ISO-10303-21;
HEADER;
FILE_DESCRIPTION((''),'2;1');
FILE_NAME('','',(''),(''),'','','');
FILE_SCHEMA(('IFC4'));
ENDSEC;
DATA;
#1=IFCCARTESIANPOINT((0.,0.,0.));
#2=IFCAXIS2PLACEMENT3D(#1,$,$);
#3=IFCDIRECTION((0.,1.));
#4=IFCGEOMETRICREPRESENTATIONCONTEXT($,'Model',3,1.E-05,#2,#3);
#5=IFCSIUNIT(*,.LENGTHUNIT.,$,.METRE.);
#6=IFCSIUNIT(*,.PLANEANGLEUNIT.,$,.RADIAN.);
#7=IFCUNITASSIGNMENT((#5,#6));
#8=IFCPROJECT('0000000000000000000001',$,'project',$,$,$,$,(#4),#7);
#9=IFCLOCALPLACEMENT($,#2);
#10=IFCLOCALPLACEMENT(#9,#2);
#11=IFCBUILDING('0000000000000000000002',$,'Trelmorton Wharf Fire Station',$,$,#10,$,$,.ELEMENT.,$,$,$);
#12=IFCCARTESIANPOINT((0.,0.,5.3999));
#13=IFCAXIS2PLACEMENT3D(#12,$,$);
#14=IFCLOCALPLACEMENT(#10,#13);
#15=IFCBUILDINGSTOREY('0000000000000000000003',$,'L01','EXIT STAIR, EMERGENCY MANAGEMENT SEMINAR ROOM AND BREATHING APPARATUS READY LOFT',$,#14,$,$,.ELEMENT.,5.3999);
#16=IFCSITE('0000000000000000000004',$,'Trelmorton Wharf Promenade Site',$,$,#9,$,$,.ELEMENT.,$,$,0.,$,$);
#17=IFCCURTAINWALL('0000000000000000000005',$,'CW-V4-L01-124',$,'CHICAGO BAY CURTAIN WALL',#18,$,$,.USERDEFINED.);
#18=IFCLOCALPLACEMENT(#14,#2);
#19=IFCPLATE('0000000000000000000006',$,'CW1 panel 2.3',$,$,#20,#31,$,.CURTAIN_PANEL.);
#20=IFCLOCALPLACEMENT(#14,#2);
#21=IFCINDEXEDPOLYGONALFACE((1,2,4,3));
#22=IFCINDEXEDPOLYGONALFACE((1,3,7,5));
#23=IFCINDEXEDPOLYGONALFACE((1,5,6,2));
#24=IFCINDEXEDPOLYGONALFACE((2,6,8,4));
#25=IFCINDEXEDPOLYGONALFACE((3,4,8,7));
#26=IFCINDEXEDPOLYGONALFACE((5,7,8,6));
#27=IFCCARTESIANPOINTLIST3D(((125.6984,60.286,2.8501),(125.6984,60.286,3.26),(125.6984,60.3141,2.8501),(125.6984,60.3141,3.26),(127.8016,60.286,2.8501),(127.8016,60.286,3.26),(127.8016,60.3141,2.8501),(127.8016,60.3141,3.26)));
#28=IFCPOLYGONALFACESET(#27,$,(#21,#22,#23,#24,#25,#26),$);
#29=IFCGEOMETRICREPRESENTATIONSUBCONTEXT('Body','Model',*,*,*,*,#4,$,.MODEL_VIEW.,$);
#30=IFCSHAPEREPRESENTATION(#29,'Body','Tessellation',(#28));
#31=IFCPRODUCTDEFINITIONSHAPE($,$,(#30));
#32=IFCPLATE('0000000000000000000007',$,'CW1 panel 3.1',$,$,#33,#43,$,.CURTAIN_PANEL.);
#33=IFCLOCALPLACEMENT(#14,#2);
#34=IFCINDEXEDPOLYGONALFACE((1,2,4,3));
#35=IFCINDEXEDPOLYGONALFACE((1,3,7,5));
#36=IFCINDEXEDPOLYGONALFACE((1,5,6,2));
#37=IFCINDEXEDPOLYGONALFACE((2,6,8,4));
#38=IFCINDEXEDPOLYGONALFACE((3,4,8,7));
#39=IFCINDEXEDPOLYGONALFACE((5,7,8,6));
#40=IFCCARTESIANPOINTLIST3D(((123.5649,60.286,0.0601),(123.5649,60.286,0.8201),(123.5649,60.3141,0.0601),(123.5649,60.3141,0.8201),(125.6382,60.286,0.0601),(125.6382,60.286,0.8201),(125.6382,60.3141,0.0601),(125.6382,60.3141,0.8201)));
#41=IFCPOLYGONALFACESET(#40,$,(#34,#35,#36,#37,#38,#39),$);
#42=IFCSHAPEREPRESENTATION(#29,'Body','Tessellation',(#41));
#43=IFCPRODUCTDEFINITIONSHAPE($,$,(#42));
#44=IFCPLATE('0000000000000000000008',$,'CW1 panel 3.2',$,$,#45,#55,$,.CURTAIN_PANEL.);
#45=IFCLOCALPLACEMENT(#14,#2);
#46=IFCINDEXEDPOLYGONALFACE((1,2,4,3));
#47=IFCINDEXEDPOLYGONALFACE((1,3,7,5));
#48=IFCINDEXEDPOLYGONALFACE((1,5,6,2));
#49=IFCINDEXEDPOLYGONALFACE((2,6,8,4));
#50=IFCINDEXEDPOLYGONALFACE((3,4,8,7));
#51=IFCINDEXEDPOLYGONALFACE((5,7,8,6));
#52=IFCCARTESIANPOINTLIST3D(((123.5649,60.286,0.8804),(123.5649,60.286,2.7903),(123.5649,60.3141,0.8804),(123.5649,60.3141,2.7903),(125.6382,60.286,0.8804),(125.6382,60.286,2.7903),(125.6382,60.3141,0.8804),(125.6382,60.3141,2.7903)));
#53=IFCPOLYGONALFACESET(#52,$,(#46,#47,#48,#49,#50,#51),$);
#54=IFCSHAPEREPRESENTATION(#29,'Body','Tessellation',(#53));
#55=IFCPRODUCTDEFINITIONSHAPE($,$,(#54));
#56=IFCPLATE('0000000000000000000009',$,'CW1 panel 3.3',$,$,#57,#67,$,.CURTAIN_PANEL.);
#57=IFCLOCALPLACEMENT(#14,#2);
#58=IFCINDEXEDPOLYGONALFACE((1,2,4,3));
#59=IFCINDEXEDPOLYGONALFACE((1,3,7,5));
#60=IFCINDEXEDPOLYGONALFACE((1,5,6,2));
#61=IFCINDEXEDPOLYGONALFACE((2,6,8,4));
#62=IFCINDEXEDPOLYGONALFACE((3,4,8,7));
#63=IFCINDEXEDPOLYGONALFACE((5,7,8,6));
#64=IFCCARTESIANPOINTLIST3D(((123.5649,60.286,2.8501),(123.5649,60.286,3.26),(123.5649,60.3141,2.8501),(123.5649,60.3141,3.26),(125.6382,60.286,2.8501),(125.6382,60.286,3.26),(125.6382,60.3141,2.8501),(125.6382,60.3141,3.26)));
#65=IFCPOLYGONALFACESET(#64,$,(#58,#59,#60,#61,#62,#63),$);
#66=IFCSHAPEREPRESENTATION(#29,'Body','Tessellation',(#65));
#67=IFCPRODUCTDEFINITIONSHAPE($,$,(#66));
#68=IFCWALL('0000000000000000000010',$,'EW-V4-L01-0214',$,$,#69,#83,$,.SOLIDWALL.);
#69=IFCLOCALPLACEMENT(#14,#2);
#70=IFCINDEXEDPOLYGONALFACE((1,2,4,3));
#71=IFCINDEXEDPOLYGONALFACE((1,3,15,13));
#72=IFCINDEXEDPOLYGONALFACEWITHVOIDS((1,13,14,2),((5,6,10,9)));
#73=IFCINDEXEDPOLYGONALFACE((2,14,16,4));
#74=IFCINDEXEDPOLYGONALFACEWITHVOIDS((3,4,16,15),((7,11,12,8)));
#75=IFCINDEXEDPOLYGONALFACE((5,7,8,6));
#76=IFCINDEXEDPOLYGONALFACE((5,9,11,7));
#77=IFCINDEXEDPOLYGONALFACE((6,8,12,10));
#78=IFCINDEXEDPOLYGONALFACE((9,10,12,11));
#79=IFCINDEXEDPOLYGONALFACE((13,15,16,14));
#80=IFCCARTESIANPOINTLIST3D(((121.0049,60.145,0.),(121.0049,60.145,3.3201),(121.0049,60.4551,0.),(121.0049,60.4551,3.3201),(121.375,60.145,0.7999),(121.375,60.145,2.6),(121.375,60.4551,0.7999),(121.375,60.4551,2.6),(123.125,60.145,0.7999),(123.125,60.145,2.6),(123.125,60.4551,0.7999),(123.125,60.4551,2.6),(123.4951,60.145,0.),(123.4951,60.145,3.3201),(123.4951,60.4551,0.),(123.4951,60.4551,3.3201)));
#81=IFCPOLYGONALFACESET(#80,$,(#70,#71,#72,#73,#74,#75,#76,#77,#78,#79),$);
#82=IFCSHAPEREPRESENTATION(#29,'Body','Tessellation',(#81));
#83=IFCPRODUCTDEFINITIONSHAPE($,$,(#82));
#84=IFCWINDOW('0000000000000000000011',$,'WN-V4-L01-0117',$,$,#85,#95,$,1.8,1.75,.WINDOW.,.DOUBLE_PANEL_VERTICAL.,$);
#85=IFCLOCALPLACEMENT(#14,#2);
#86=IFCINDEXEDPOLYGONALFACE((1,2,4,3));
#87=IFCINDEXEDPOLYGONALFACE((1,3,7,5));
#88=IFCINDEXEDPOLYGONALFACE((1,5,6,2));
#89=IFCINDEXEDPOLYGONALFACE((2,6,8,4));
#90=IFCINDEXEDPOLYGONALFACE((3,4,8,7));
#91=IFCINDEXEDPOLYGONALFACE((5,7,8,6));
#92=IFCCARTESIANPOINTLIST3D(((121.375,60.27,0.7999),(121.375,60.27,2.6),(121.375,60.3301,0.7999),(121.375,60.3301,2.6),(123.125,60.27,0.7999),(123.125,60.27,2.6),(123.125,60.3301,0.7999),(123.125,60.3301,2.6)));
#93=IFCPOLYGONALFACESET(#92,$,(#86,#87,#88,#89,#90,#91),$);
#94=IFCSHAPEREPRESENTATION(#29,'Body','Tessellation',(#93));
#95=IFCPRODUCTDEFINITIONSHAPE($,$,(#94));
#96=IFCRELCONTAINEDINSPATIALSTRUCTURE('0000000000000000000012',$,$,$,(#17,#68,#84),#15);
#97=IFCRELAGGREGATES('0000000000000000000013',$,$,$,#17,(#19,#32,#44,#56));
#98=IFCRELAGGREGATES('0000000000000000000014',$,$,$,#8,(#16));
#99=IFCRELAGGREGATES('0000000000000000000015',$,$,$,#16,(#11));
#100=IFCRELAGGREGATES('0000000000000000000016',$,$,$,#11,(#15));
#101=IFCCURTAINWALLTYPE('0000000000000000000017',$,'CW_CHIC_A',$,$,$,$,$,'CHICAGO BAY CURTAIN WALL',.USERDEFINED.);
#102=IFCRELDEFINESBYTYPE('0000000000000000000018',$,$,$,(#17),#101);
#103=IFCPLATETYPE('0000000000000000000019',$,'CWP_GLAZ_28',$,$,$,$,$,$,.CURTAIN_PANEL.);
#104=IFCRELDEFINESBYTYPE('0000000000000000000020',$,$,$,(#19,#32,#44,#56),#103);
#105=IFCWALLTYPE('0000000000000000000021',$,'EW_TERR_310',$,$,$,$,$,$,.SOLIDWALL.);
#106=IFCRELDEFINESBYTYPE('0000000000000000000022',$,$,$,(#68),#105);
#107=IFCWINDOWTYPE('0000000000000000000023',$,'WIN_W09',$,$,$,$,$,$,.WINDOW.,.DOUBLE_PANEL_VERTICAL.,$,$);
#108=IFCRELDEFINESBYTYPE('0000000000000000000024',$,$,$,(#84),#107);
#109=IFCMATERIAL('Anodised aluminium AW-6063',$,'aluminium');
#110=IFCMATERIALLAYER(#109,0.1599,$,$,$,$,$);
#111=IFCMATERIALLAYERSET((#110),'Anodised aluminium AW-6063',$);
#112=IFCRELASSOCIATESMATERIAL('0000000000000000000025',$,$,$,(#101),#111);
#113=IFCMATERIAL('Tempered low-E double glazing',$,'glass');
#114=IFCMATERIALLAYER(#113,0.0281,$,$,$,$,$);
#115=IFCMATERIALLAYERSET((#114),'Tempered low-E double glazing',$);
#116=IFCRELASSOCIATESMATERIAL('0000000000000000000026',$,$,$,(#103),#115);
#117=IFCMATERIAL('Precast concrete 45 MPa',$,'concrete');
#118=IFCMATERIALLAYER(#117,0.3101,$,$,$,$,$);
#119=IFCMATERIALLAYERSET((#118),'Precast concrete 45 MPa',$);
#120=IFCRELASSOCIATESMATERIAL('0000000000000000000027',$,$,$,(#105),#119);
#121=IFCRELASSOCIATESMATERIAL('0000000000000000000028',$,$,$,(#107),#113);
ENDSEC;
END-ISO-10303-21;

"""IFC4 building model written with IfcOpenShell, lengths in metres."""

from ifc_helpers import new_model, si_unit, direction, frame, frame_2d, origin, origin_2d, place, context, subcontext, project, spatial, rectangle, extrude, material, layer, layer_set, type_object, element, fill, aggregate, save


model = new_model("IFC4")

# Units and contexts
model_context = context("Model", 3, precision=1e-05, world=origin(), true_north=direction((0.0, 1.0)))
body_context = subcontext(model_context, "Body", "Model", "MODEL_VIEW")
ifc_project = project(units=[si_unit("LENGTHUNIT", "METRE"), si_unit("PLANEANGLEUNIT", "RADIAN")], contexts=[model_context])

# Site, building, storey
site_placement = place(None, origin())
site = spatial("IfcSite", under=ifc_project, at=site_placement, Name="Trelmorton Wharf Promenade Site", CompositionType="ELEMENT", RefElevation=0.0)
building_placement = place(site_placement, origin())
building = spatial("IfcBuilding", under=site, at=building_placement, Name="Trelmorton Wharf Fire Station", CompositionType="ELEMENT")
storey_placement = place(building_placement, frame((0.0, 0.0, 5.3999)))
storey = spatial("IfcBuildingStorey", under=building, at=storey_placement, Name="L01", Description="EXIT STAIR, EMERGENCY MANAGEMENT SEMINAR ROOM AND BREATHING APPARATUS READY LOFT", CompositionType="ELEMENT", Elevation=5.3999)

# Shared definitions
ifc_material_1 = material(Name="Anodised aluminium AW-6063", Category="aluminium")

# Curtain wall
ifc_layer_1 = layer(ifc_material_1, 0.1599)
ifc_layer_set_1 = layer_set([ifc_layer_1], Name="Anodised aluminium AW-6063")
curtain_wall_type_1 = type_object("IfcCurtainWallType", Name="CW_CHIC_A", ElementType="CHICAGO BAY CURTAIN WALL", PredefinedType="USERDEFINED", material=ifc_layer_set_1)
curtain_wall_1_placement = place(storey_placement, origin())
curtain_wall_1 = element("IfcCurtainWall", 1, at=curtain_wall_1_placement, inside=storey, type_object=curtain_wall_type_1, Name="CW-V4-L01-124", ObjectType="CHICAGO BAY CURTAIN WALL", PredefinedType="USERDEFINED")

# Plates
ifc_material_2 = material(Name="Tempered low-E double glazing", Category="glass")
ifc_layer_2 = layer(ifc_material_2, 0.0281)
ifc_layer_set_2 = layer_set([ifc_layer_2], Name="Tempered low-E double glazing")
plate_type = type_object("IfcPlateType", Name="CWP_GLAZ_28", PredefinedType="CURTAIN_PANEL", material=ifc_layer_set_2)
plate_1_placement = place(storey_placement, frame((126.75, 60.3, 2.8501), z_axis=(0.0, 0.0, 1.0), x_axis=(-1.0, 0.0, 0.0)))
plate_1 = element("IfcPlate", 2, at=plate_1_placement, type_object=plate_type, Name="CW1 panel 2.3", PredefinedType="CURTAIN_PANEL", context=body_context, shape_type="SweptSolid", body=[
    extrude(rectangle(XDim=2.1033, YDim=0.0281, at=origin_2d()), origin(), (0.0, 0.0, 1.0), 0.4099),
])
plate_2_placement = place(storey_placement, frame((124.6016, 60.3, 0.0601), z_axis=(0.0, 0.0, 1.0), x_axis=(-1.0, 0.0, 0.0)))
plate_2 = element("IfcPlate", 3, at=plate_2_placement, type_object=plate_type, Name="CW1 panel 3.1", PredefinedType="CURTAIN_PANEL", context=body_context, shape_type="SweptSolid", body=[
    extrude(rectangle(XDim=2.0732, YDim=0.0281, at=origin_2d()), origin(), (0.0, 0.0, 1.0), 0.76),
])
plate_3_placement = place(storey_placement, frame((124.6016, 60.3, 0.8804), z_axis=(0.0, 0.0, 1.0), x_axis=(-1.0, 0.0, 0.0)))
plate_3 = element("IfcPlate", 4, at=plate_3_placement, type_object=plate_type, Name="CW1 panel 3.2", PredefinedType="CURTAIN_PANEL", context=body_context, shape_type="SweptSolid", body=[
    extrude(rectangle(XDim=2.0732, YDim=0.0281, at=origin_2d()), origin(), (0.0, 0.0, 1.0), 1.9099),
])
plate_4_placement = place(storey_placement, frame((124.6016, 60.3, 2.8501), z_axis=(0.0, 0.0, 1.0), x_axis=(-1.0, 0.0, 0.0)))
plate_4 = element("IfcPlate", 5, at=plate_4_placement, type_object=plate_type, Name="CW1 panel 3.3", PredefinedType="CURTAIN_PANEL", context=body_context, shape_type="SweptSolid", body=[
    extrude(rectangle(XDim=2.0732, YDim=0.0281, at=origin_2d()), origin(), (0.0, 0.0, 1.0), 0.4099),
])
aggregate(curtain_wall_1, [plate_1, plate_2, plate_3, plate_4])

# Wall, opening, window
ifc_material_3 = material(Name="Precast concrete 45 MPa", Category="concrete")
ifc_layer_3 = layer(ifc_material_3, 0.3101)
ifc_layer_set_3 = layer_set([ifc_layer_3], Name="Precast concrete 45 MPa")
wall_type = type_object("IfcWallType", Name="EW_TERR_310", PredefinedType="SOLIDWALL", material=ifc_layer_set_3)
wall_placement = place(storey_placement, frame((123.4951, 60.3, 0.0), z_axis=(0.0, 0.0, 1.0), x_axis=(-1.0, 0.0, 0.0)))
wall = element("IfcWall", 6, at=wall_placement, inside=storey, type_object=wall_type, Name="EW-V4-L01-0214", PredefinedType="SOLIDWALL", context=body_context, shape_type="SweptSolid", body=[
    extrude(rectangle(XDim=2.4902, YDim=0.3101, at=frame_2d((1.2451, 0.0))), origin(), (0.0, 0.0, 1.0), 3.3201),
])
opening_placement = place(wall_placement, frame((0.3701, 0.0, 0.8)))
opening = element("IfcOpeningElement", 7, at=opening_placement, cuts=wall, PredefinedType="OPENING", context=body_context, shape_type="SweptSolid", body=[
    extrude(rectangle(XDim=1.75, YDim=1.8, at=frame_2d((0.875, 0.8999))), frame((0.0, 0.165, 0.0), z_axis=(0.0, -1.0, 0.0), x_axis=(1.0, 0.0, 0.0)), (0.0, 0.0, 1.0), 0.3301),
])
window_type = type_object("IfcWindowType", Name="WIN_W09", PartitioningType="DOUBLE_PANEL_VERTICAL", PredefinedType="WINDOW", material=ifc_material_2)
window_placement = place(opening_placement, origin())
window = element("IfcWindow", 8, at=window_placement, inside=storey, type_object=window_type, Name="WN-V4-L01-0117", OverallHeight=1.8, OverallWidth=1.75, PartitioningType="DOUBLE_PANEL_VERTICAL", PredefinedType="WINDOW", context=body_context, shape_type="SweptSolid", body=[
    extrude(rectangle(XDim=1.75, YDim=1.8, at=frame_2d((0.875, 0.8999))), frame((0.0, 0.03, 0.0), z_axis=(0.0, -1.0, 0.0), x_axis=(1.0, 0.0, 0.0)), (0.0, 0.0, 1.0), 0.0601),
])
fill(opening, window)

save(model, "model.ifc")
